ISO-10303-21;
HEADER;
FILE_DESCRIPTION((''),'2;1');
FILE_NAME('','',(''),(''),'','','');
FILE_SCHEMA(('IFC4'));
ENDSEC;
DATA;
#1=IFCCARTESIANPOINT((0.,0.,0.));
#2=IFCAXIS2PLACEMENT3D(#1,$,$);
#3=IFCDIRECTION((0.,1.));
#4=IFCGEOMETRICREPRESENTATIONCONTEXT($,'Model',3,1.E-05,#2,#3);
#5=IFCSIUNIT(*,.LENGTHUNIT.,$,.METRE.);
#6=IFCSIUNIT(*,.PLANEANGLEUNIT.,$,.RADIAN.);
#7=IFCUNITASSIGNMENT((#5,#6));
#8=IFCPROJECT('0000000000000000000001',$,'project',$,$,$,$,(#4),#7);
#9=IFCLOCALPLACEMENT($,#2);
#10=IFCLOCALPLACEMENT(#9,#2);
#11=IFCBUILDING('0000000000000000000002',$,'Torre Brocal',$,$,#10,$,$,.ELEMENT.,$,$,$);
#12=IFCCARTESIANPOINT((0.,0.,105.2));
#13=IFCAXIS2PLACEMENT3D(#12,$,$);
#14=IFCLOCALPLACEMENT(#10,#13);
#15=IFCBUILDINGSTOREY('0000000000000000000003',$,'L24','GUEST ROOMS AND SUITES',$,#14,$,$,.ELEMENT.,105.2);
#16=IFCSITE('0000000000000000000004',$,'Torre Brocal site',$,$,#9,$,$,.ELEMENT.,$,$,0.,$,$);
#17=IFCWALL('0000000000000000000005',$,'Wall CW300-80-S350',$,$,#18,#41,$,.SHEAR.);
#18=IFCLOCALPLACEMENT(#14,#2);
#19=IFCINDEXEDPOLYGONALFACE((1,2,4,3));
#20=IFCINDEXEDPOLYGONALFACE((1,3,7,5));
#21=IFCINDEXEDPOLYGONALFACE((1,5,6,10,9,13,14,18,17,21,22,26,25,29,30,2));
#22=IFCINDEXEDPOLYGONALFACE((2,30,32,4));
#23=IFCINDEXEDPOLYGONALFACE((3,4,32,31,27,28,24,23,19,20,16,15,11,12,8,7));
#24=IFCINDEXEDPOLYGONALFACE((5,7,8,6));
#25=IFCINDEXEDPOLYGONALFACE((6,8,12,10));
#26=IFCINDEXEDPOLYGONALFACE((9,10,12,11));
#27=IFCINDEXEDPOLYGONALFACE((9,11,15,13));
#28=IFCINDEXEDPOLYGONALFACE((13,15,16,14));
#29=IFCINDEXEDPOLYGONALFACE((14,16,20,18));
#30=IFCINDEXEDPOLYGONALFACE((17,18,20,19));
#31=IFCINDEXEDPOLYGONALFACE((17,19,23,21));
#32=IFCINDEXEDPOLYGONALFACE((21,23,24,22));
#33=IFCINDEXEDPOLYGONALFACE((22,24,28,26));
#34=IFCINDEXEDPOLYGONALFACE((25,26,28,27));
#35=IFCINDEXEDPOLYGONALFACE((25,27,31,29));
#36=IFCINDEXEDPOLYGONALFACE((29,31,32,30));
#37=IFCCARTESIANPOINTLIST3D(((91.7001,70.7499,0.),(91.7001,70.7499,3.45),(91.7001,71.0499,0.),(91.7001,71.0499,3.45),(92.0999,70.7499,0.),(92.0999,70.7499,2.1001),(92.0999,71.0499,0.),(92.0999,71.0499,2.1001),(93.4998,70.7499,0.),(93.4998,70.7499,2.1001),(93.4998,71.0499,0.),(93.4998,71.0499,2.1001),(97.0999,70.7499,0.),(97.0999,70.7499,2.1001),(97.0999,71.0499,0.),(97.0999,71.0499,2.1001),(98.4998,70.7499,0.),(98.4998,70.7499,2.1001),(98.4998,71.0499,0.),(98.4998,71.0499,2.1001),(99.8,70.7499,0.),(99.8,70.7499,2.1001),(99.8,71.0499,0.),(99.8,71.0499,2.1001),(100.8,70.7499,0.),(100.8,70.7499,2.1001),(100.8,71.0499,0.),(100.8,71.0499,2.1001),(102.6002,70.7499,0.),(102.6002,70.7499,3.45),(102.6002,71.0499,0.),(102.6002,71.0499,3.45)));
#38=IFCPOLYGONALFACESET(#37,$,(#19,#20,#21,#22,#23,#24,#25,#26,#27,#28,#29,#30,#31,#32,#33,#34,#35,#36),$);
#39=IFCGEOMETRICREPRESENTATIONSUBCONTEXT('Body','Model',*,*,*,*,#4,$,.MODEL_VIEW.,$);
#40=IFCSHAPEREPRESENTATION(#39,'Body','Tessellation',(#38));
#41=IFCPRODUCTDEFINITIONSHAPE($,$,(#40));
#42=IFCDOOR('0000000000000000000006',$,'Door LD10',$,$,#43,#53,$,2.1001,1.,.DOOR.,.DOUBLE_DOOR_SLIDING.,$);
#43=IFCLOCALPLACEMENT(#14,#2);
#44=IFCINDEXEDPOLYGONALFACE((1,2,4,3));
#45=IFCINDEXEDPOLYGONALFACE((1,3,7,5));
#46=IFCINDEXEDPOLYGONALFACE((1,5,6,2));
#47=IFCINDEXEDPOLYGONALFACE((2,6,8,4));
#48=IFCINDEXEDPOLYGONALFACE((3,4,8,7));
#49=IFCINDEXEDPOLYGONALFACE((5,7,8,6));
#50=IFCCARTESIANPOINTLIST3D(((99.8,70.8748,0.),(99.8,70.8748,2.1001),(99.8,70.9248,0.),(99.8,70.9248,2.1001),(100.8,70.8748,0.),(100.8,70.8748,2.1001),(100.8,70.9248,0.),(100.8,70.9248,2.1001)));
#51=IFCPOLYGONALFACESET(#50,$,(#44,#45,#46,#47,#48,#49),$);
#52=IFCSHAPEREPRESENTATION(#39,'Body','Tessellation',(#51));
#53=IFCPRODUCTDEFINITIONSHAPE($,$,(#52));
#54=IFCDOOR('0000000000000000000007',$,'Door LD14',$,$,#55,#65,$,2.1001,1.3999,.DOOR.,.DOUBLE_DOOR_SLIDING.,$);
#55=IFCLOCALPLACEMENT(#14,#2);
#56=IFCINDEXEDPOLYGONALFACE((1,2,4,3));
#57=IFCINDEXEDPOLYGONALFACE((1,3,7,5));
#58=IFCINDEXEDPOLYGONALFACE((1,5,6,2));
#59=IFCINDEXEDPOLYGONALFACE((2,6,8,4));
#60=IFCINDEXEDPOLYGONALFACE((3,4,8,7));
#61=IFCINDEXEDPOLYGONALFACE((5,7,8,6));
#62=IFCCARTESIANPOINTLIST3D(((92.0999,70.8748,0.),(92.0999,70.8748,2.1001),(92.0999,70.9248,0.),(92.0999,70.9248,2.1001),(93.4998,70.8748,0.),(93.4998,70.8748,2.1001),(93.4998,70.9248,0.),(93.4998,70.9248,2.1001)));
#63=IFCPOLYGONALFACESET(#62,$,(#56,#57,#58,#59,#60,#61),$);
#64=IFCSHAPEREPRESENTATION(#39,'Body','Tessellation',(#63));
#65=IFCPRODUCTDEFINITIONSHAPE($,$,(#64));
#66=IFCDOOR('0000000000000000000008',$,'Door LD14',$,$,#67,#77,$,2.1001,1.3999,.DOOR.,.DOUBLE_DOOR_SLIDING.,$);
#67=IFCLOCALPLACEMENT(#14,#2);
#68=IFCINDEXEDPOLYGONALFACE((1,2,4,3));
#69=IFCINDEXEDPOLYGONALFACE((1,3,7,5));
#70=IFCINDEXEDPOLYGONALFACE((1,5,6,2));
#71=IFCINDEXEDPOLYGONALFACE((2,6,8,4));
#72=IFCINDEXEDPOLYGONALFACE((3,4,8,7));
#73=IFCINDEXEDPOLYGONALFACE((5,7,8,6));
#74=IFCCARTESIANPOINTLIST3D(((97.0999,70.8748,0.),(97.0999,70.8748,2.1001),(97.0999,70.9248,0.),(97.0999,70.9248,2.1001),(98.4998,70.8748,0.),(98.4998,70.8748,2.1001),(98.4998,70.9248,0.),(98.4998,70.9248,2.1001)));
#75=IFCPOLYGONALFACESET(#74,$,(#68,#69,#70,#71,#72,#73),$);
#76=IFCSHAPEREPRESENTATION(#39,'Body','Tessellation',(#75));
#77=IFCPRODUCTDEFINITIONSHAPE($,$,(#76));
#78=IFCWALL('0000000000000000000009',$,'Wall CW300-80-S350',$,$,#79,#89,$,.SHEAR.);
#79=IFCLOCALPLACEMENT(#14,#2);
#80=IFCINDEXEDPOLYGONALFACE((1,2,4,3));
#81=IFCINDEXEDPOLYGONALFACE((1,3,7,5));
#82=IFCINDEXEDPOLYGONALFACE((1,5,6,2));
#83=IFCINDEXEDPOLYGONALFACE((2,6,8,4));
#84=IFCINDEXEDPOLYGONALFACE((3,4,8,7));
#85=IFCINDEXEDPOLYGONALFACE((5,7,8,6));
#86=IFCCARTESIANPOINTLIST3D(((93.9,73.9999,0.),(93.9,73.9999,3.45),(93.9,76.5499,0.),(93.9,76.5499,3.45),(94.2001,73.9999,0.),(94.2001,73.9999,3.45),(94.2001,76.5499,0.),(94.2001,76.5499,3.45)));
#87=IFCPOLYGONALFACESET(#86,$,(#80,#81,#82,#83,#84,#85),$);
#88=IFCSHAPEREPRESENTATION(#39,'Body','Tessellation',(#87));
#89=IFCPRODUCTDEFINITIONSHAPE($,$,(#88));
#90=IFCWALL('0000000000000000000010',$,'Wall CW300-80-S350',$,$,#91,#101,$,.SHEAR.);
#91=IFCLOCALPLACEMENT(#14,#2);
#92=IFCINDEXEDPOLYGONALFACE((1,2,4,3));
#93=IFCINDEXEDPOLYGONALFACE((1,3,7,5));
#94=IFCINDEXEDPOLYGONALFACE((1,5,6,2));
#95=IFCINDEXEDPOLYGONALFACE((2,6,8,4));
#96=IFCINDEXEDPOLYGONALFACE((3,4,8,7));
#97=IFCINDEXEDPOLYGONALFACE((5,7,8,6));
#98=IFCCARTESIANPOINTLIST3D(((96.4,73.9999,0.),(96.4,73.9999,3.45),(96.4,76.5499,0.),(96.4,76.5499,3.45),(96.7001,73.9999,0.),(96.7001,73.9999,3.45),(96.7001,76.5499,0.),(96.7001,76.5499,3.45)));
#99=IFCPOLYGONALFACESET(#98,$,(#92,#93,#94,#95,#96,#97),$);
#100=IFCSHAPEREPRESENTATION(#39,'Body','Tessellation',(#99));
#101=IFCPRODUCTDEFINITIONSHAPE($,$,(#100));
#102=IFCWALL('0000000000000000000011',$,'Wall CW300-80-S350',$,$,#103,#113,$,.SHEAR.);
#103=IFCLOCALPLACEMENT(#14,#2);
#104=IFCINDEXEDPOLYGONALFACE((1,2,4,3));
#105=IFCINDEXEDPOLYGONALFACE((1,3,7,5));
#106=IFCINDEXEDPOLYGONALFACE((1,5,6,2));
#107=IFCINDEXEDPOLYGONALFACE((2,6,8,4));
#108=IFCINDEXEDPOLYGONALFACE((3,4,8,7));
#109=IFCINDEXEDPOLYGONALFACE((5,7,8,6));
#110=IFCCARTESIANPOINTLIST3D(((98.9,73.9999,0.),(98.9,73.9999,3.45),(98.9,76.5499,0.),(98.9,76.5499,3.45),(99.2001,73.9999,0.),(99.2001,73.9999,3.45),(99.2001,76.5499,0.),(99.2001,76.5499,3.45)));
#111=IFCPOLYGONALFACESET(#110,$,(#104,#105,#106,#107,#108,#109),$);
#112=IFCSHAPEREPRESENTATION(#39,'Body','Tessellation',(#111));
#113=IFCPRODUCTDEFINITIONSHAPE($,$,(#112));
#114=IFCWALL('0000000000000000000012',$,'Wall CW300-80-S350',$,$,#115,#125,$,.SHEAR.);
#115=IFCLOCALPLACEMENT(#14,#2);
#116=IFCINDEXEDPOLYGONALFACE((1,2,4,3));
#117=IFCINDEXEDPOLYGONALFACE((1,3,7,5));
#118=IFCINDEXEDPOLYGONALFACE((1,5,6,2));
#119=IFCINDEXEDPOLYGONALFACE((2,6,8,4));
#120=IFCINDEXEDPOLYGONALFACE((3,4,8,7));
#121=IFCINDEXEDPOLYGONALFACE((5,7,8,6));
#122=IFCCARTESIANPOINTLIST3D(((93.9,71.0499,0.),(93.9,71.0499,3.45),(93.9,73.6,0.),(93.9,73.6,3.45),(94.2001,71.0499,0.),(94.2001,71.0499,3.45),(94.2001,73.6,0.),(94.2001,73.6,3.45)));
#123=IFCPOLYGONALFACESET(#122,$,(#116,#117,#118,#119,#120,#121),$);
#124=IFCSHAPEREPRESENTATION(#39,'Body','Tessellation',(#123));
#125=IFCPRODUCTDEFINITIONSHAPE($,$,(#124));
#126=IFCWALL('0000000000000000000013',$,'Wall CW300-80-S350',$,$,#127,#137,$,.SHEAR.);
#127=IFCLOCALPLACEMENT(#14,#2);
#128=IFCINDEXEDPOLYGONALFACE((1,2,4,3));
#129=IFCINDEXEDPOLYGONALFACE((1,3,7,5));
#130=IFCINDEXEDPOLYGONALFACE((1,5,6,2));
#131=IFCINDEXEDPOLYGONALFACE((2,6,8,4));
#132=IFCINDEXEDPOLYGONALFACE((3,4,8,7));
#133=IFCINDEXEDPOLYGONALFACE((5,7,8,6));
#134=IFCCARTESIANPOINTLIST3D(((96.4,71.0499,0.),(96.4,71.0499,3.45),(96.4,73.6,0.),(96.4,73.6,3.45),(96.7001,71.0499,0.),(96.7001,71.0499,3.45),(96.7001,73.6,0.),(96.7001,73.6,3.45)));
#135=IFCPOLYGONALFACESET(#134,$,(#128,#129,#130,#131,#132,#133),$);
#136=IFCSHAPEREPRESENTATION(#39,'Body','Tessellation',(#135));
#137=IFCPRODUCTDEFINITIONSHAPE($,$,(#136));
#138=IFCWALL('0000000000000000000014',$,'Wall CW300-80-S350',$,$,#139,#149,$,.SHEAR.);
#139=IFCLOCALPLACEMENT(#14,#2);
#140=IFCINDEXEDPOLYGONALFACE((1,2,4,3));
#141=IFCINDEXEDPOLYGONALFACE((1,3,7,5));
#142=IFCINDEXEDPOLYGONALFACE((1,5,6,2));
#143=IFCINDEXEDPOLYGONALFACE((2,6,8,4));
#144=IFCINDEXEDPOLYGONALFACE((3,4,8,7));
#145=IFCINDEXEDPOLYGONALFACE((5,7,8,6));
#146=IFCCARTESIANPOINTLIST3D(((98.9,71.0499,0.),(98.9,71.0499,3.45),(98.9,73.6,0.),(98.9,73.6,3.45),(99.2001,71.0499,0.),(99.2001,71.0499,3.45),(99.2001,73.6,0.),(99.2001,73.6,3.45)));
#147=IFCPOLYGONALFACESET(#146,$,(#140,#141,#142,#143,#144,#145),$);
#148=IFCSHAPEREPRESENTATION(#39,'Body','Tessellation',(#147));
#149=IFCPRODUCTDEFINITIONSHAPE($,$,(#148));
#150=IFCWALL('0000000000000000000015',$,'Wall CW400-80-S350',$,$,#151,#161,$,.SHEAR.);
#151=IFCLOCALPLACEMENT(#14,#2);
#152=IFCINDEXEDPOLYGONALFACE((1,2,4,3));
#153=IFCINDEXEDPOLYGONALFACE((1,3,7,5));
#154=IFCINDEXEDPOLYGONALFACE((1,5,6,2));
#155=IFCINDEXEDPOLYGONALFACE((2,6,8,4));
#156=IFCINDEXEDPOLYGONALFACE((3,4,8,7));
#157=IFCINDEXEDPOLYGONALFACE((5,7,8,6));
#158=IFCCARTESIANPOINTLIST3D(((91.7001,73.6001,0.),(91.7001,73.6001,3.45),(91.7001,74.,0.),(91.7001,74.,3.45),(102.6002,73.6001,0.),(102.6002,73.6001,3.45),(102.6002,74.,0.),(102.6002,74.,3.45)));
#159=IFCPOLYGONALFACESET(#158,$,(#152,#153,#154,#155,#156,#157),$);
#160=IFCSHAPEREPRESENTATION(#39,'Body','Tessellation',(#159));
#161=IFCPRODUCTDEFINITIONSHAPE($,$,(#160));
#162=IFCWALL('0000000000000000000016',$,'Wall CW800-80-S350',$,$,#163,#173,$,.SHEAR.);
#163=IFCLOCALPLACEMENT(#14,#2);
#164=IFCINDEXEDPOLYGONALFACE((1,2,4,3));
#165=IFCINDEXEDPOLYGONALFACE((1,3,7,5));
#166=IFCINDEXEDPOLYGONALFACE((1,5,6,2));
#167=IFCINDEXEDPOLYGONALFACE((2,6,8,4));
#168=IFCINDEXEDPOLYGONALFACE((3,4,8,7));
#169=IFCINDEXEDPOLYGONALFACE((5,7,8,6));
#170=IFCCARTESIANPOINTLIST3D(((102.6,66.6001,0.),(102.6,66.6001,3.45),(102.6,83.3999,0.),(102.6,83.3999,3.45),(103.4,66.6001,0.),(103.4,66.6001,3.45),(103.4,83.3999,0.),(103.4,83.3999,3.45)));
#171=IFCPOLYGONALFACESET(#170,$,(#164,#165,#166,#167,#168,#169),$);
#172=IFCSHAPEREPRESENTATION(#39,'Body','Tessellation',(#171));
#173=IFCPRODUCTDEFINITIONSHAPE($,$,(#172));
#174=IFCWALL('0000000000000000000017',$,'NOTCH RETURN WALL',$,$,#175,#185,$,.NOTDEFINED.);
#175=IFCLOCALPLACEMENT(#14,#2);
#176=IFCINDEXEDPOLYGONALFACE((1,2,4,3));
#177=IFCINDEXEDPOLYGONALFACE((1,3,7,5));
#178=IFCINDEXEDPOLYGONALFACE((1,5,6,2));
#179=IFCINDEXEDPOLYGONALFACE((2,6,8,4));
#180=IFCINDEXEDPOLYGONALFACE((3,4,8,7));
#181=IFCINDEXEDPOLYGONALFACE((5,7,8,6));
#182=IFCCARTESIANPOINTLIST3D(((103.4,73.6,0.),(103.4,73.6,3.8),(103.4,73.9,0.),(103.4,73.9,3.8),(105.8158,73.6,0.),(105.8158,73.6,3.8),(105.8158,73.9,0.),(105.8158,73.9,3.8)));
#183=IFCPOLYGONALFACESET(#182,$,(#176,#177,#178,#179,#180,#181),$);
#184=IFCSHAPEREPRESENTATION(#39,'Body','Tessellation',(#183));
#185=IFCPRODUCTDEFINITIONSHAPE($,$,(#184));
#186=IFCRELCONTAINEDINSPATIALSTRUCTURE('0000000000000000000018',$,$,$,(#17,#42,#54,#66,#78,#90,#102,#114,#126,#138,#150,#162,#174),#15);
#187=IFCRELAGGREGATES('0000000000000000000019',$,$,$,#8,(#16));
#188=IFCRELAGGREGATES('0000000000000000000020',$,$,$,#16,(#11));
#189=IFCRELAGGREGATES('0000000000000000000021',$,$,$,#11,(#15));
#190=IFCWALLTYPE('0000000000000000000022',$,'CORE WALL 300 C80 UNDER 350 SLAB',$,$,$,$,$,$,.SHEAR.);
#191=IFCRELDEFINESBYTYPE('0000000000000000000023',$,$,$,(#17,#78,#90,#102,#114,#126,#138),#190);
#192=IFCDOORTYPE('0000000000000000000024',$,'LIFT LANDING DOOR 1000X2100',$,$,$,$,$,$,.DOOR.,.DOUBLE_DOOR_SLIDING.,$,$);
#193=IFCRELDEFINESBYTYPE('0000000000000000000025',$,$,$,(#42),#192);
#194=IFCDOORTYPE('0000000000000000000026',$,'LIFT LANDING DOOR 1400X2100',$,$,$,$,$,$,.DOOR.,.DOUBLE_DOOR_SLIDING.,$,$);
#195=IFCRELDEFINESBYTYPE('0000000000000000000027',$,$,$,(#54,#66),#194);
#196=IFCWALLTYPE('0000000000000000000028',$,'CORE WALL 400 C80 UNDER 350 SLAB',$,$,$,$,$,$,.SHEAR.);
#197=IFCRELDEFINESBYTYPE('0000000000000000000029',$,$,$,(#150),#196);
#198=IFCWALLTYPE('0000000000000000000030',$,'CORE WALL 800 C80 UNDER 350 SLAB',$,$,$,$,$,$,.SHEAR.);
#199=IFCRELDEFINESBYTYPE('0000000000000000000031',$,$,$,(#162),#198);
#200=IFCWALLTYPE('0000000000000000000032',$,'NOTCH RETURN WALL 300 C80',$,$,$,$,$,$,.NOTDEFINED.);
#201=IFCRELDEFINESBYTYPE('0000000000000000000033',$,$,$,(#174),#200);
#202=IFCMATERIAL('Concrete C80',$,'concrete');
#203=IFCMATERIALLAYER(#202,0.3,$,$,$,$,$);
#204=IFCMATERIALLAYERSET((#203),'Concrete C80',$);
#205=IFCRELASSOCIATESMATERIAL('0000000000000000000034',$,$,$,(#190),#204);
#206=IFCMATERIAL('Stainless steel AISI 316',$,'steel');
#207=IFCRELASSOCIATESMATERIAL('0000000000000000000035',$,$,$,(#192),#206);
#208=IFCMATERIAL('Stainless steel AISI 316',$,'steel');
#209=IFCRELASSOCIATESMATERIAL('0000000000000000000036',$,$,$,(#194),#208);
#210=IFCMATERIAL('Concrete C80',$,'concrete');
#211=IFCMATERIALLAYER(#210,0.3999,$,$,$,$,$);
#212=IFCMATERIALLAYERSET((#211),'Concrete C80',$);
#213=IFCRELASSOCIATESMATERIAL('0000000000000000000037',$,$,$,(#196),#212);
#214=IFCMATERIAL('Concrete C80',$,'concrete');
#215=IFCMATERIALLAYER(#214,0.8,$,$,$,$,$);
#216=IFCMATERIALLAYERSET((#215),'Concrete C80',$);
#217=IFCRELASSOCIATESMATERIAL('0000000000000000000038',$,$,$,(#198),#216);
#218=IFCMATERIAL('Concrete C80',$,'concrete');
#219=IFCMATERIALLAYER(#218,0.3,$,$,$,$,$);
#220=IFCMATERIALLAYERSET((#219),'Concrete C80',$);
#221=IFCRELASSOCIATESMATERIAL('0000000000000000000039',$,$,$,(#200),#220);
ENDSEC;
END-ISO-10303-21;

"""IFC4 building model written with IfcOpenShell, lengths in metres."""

from ifc_helpers import new_model, si_unit, direction, frame, frame_2d, origin, place, context, subcontext, project, spatial, rectangle, extrude, material, layer, layer_set, type_object, element, fill, save


model = new_model("IFC4")

# Units and contexts
model_context = context("Model", 3, precision=1e-05, world=origin(), true_north=direction((0.0, 1.0)))
body_context = subcontext(model_context, "Body", "Model", "MODEL_VIEW")
ifc_project = project(units=[si_unit("LENGTHUNIT", "METRE"), si_unit("PLANEANGLEUNIT", "RADIAN")], contexts=[model_context])

# Site, building, storey
site_placement = place(None, origin())
site = spatial("IfcSite", under=ifc_project, at=site_placement, Name="Torre Brocal site", CompositionType="ELEMENT", RefElevation=0.0)
building_placement = place(site_placement, origin())
building = spatial("IfcBuilding", under=site, at=building_placement, Name="Torre Brocal", CompositionType="ELEMENT")
storey_placement = place(building_placement, frame((0.0, 0.0, 105.2)))
storey = spatial("IfcBuildingStorey", under=building, at=storey_placement, Name="L24", Description="GUEST ROOMS AND SUITES", CompositionType="ELEMENT", Elevation=105.2)

# Shared definitions
ifc_material_1 = material(Name="Concrete C80", Category="concrete")
ifc_layer_1 = layer(ifc_material_1, 0.3)
ifc_layer_set_1 = layer_set([ifc_layer_1], Name="Concrete C80")
wall_type_1 = type_object("IfcWallType", Name="CORE WALL 300 C80 UNDER 350 SLAB", PredefinedType="SHEAR", material=ifc_layer_set_1)

# Wall, openings, doors
wall_1_placement = place(storey_placement, frame((91.7, 70.8999, 0.0), z_axis=(0.0, 0.0, 1.0), x_axis=(1.0, 0.0, 0.0)))
wall_1 = element("IfcWall", 1, at=wall_1_placement, inside=storey, type_object=wall_type_1, Name="Wall CW300-80-S350", PredefinedType="SHEAR", context=body_context, shape_type="SweptSolid", body=[
    extrude(rectangle(XDim=10.9001, YDim=0.3, at=frame_2d((5.4502, 0.0))), origin(), (0.0, 0.0, 1.0), 3.45),
])
opening_1_placement = place(wall_1_placement, frame((0.3999, 0.0, 0.0)))
opening_1 = element("IfcOpeningElement", 2, at=opening_1_placement, cuts=wall_1, PredefinedType="OPENING", context=body_context, shape_type="SweptSolid", body=[
    extrude(rectangle(XDim=1.3999, YDim=2.1001, at=frame_2d((0.7, 1.05))), frame((0.0, 0.1599, 0.0), z_axis=(0.0, -1.0, 0.0), x_axis=(1.0, 0.0, 0.0)), (0.0, 0.0, 1.0), 0.3201),
])
opening_2_placement = place(wall_1_placement, frame((5.3999, 0.0, 0.0)))
opening_2 = element("IfcOpeningElement", 3, at=opening_2_placement, cuts=wall_1, PredefinedType="OPENING", context=body_context, shape_type="SweptSolid", body=[
    extrude(rectangle(XDim=1.3999, YDim=2.1001, at=frame_2d((0.7, 1.05))), frame((0.0, 0.1599, 0.0), z_axis=(0.0, -1.0, 0.0), x_axis=(1.0, 0.0, 0.0)), (0.0, 0.0, 1.0), 0.3201),
])
opening_3_placement = place(wall_1_placement, frame((8.1001, 0.0, 0.0)))
opening_3 = element("IfcOpeningElement", 4, at=opening_3_placement, cuts=wall_1, PredefinedType="OPENING", context=body_context, shape_type="SweptSolid", body=[
    extrude(rectangle(XDim=1.0, YDim=2.1001, at=frame_2d((0.5, 1.05))), frame((0.0, 0.1599, 0.0), z_axis=(0.0, -1.0, 0.0), x_axis=(1.0, 0.0, 0.0)), (0.0, 0.0, 1.0), 0.3201),
])
ifc_material_2 = material(Name="Stainless steel AISI 316", Category="steel")
door_type_1 = type_object("IfcDoorType", Name="LIFT LANDING DOOR 1000X2100", OperationType="DOUBLE_DOOR_SLIDING", PredefinedType="DOOR", material=ifc_material_2)
door_1_placement = place(opening_3_placement, origin())
door_1 = element("IfcDoor", 5, at=door_1_placement, inside=storey, type_object=door_type_1, Name="Door LD10", OperationType="DOUBLE_DOOR_SLIDING", OverallHeight=2.1001, OverallWidth=1.0, PredefinedType="DOOR", context=body_context, shape_type="SweptSolid", body=[
    extrude(rectangle(XDim=1.0, YDim=2.1001, at=frame_2d((0.5, 1.05))), frame((0.0, 0.0249, 0.0), z_axis=(0.0, -1.0, 0.0), x_axis=(1.0, 0.0, 0.0)), (0.0, 0.0, 1.0), 0.05),
])
fill(opening_3, door_1)
ifc_material_3 = material(Name="Stainless steel AISI 316", Category="steel")
door_type_2 = type_object("IfcDoorType", Name="LIFT LANDING DOOR 1400X2100", OperationType="DOUBLE_DOOR_SLIDING", PredefinedType="DOOR", material=ifc_material_3)
door_2_placement = place(opening_1_placement, origin())
door_2 = element("IfcDoor", 6, at=door_2_placement, inside=storey, type_object=door_type_2, Name="Door LD14", OperationType="DOUBLE_DOOR_SLIDING", OverallHeight=2.1001, OverallWidth=1.3999, PredefinedType="DOOR", context=body_context, shape_type="SweptSolid", body=[
    extrude(rectangle(XDim=1.3999, YDim=2.1001, at=frame_2d((0.7, 1.05))), frame((0.0, 0.0249, 0.0), z_axis=(0.0, -1.0, 0.0), x_axis=(1.0, 0.0, 0.0)), (0.0, 0.0, 1.0), 0.05),
])
fill(opening_1, door_2)
door_3_placement = place(opening_2_placement, origin())
door_3 = element("IfcDoor", 7, at=door_3_placement, inside=storey, type_object=door_type_2, Name="Door LD14", OperationType="DOUBLE_DOOR_SLIDING", OverallHeight=2.1001, OverallWidth=1.3999, PredefinedType="DOOR", context=body_context, shape_type="SweptSolid", body=[
    extrude(rectangle(XDim=1.3999, YDim=2.1001, at=frame_2d((0.7, 1.05))), frame((0.0, 0.0249, 0.0), z_axis=(0.0, -1.0, 0.0), x_axis=(1.0, 0.0, 0.0)), (0.0, 0.0, 1.0), 0.05),
])
fill(opening_2, door_3)

# Walls
for number, where, z_axis, x_axis, name in (
    (8, (94.05, 74.0, 0.0), (0.0, 0.0, 1.0), (0.0, 1.0, 0.0), "Wall CW300-80-S350"),
    (9, (96.55, 74.0, 0.0), (0.0, 0.0, 1.0), (0.0, 1.0, 0.0), "Wall CW300-80-S350"),
    (10, (99.05, 74.0, 0.0), (0.0, 0.0, 1.0), (0.0, 1.0, 0.0), "Wall CW300-80-S350"),
    (11, (94.05, 71.05, 0.0), (0.0, 0.0, 1.0), (0.0, 1.0, 0.0), "Wall CW300-80-S350"),
    (12, (96.55, 71.05, 0.0), (0.0, 0.0, 1.0), (0.0, 1.0, 0.0), "Wall CW300-80-S350"),
    (13, (99.05, 71.05, 0.0), (0.0, 0.0, 1.0), (0.0, 1.0, 0.0), "Wall CW300-80-S350"),
):
    element("IfcWall", number, at=place(storey_placement, frame(where, z_axis=z_axis, x_axis=x_axis)), inside=storey, type_object=wall_type_1, Name=name, PredefinedType="SHEAR", context=body_context, shape_type="SweptSolid", body=[
        extrude(rectangle(XDim=2.55, YDim=0.3, at=frame_2d((1.2749, 0.0))), origin(), (0.0, 0.0, 1.0), 3.45),
    ])
ifc_material_4 = material(Name="Concrete C80", Category="concrete")
ifc_layer_2 = layer(ifc_material_4, 0.3999)
ifc_layer_set_2 = layer_set([ifc_layer_2], Name="Concrete C80")
wall_type_2 = type_object("IfcWallType", Name="CORE WALL 400 C80 UNDER 350 SLAB", PredefinedType="SHEAR", material=ifc_layer_set_2)
wall_2_placement = place(storey_placement, frame((91.7, 73.8, 0.0), z_axis=(0.0, 0.0, 1.0), x_axis=(1.0, 0.0, 0.0)))
element("IfcWall", 14, at=wall_2_placement, inside=storey, type_object=wall_type_2, Name="Wall CW400-80-S350", PredefinedType="SHEAR", context=body_context, shape_type="SweptSolid", body=[
    extrude(rectangle(XDim=10.9001, YDim=0.3999, at=frame_2d((5.4502, 0.0))), origin(), (0.0, 0.0, 1.0), 3.45),
])
ifc_material_5 = material(Name="Concrete C80", Category="concrete")
ifc_layer_3 = layer(ifc_material_5, 0.8)
ifc_layer_set_3 = layer_set([ifc_layer_3], Name="Concrete C80")
wall_type_3 = type_object("IfcWallType", Name="CORE WALL 800 C80 UNDER 350 SLAB", PredefinedType="SHEAR", material=ifc_layer_set_3)
wall_3_placement = place(storey_placement, frame((103.0, 66.6001, 0.0), z_axis=(0.0, 0.0, 1.0), x_axis=(0.0, 1.0, 0.0)))
element("IfcWall", 15, at=wall_3_placement, inside=storey, type_object=wall_type_3, Name="Wall CW800-80-S350", PredefinedType="SHEAR", context=body_context, shape_type="SweptSolid", body=[
    extrude(rectangle(XDim=16.7998, YDim=0.8, at=frame_2d((8.3999, 0.0))), origin(), (0.0, 0.0, 1.0), 3.45),
])
ifc_material_6 = material(Name="Concrete C80", Category="concrete")
ifc_layer_4 = layer(ifc_material_6, 0.3)
ifc_layer_set_4 = layer_set([ifc_layer_4], Name="Concrete C80")
wall_type_4 = type_object("IfcWallType", Name="NOTCH RETURN WALL 300 C80", PredefinedType="NOTDEFINED", material=ifc_layer_set_4)
wall_4_placement = place(storey_placement, frame((103.3999, 73.75, 0.0), z_axis=(0.0, 0.0, 1.0), x_axis=(1.0, 0.0, 0.0)))
element("IfcWall", 16, at=wall_4_placement, inside=storey, type_object=wall_type_4, Name="NOTCH RETURN WALL", PredefinedType="NOTDEFINED", context=body_context, shape_type="SweptSolid", body=[
    extrude(rectangle(XDim=2.4158, YDim=0.3, at=frame_2d((1.208, 0.0))), origin(), (0.0, 0.0, 1.0), 3.8),
])

save(model, "model.ifc")
